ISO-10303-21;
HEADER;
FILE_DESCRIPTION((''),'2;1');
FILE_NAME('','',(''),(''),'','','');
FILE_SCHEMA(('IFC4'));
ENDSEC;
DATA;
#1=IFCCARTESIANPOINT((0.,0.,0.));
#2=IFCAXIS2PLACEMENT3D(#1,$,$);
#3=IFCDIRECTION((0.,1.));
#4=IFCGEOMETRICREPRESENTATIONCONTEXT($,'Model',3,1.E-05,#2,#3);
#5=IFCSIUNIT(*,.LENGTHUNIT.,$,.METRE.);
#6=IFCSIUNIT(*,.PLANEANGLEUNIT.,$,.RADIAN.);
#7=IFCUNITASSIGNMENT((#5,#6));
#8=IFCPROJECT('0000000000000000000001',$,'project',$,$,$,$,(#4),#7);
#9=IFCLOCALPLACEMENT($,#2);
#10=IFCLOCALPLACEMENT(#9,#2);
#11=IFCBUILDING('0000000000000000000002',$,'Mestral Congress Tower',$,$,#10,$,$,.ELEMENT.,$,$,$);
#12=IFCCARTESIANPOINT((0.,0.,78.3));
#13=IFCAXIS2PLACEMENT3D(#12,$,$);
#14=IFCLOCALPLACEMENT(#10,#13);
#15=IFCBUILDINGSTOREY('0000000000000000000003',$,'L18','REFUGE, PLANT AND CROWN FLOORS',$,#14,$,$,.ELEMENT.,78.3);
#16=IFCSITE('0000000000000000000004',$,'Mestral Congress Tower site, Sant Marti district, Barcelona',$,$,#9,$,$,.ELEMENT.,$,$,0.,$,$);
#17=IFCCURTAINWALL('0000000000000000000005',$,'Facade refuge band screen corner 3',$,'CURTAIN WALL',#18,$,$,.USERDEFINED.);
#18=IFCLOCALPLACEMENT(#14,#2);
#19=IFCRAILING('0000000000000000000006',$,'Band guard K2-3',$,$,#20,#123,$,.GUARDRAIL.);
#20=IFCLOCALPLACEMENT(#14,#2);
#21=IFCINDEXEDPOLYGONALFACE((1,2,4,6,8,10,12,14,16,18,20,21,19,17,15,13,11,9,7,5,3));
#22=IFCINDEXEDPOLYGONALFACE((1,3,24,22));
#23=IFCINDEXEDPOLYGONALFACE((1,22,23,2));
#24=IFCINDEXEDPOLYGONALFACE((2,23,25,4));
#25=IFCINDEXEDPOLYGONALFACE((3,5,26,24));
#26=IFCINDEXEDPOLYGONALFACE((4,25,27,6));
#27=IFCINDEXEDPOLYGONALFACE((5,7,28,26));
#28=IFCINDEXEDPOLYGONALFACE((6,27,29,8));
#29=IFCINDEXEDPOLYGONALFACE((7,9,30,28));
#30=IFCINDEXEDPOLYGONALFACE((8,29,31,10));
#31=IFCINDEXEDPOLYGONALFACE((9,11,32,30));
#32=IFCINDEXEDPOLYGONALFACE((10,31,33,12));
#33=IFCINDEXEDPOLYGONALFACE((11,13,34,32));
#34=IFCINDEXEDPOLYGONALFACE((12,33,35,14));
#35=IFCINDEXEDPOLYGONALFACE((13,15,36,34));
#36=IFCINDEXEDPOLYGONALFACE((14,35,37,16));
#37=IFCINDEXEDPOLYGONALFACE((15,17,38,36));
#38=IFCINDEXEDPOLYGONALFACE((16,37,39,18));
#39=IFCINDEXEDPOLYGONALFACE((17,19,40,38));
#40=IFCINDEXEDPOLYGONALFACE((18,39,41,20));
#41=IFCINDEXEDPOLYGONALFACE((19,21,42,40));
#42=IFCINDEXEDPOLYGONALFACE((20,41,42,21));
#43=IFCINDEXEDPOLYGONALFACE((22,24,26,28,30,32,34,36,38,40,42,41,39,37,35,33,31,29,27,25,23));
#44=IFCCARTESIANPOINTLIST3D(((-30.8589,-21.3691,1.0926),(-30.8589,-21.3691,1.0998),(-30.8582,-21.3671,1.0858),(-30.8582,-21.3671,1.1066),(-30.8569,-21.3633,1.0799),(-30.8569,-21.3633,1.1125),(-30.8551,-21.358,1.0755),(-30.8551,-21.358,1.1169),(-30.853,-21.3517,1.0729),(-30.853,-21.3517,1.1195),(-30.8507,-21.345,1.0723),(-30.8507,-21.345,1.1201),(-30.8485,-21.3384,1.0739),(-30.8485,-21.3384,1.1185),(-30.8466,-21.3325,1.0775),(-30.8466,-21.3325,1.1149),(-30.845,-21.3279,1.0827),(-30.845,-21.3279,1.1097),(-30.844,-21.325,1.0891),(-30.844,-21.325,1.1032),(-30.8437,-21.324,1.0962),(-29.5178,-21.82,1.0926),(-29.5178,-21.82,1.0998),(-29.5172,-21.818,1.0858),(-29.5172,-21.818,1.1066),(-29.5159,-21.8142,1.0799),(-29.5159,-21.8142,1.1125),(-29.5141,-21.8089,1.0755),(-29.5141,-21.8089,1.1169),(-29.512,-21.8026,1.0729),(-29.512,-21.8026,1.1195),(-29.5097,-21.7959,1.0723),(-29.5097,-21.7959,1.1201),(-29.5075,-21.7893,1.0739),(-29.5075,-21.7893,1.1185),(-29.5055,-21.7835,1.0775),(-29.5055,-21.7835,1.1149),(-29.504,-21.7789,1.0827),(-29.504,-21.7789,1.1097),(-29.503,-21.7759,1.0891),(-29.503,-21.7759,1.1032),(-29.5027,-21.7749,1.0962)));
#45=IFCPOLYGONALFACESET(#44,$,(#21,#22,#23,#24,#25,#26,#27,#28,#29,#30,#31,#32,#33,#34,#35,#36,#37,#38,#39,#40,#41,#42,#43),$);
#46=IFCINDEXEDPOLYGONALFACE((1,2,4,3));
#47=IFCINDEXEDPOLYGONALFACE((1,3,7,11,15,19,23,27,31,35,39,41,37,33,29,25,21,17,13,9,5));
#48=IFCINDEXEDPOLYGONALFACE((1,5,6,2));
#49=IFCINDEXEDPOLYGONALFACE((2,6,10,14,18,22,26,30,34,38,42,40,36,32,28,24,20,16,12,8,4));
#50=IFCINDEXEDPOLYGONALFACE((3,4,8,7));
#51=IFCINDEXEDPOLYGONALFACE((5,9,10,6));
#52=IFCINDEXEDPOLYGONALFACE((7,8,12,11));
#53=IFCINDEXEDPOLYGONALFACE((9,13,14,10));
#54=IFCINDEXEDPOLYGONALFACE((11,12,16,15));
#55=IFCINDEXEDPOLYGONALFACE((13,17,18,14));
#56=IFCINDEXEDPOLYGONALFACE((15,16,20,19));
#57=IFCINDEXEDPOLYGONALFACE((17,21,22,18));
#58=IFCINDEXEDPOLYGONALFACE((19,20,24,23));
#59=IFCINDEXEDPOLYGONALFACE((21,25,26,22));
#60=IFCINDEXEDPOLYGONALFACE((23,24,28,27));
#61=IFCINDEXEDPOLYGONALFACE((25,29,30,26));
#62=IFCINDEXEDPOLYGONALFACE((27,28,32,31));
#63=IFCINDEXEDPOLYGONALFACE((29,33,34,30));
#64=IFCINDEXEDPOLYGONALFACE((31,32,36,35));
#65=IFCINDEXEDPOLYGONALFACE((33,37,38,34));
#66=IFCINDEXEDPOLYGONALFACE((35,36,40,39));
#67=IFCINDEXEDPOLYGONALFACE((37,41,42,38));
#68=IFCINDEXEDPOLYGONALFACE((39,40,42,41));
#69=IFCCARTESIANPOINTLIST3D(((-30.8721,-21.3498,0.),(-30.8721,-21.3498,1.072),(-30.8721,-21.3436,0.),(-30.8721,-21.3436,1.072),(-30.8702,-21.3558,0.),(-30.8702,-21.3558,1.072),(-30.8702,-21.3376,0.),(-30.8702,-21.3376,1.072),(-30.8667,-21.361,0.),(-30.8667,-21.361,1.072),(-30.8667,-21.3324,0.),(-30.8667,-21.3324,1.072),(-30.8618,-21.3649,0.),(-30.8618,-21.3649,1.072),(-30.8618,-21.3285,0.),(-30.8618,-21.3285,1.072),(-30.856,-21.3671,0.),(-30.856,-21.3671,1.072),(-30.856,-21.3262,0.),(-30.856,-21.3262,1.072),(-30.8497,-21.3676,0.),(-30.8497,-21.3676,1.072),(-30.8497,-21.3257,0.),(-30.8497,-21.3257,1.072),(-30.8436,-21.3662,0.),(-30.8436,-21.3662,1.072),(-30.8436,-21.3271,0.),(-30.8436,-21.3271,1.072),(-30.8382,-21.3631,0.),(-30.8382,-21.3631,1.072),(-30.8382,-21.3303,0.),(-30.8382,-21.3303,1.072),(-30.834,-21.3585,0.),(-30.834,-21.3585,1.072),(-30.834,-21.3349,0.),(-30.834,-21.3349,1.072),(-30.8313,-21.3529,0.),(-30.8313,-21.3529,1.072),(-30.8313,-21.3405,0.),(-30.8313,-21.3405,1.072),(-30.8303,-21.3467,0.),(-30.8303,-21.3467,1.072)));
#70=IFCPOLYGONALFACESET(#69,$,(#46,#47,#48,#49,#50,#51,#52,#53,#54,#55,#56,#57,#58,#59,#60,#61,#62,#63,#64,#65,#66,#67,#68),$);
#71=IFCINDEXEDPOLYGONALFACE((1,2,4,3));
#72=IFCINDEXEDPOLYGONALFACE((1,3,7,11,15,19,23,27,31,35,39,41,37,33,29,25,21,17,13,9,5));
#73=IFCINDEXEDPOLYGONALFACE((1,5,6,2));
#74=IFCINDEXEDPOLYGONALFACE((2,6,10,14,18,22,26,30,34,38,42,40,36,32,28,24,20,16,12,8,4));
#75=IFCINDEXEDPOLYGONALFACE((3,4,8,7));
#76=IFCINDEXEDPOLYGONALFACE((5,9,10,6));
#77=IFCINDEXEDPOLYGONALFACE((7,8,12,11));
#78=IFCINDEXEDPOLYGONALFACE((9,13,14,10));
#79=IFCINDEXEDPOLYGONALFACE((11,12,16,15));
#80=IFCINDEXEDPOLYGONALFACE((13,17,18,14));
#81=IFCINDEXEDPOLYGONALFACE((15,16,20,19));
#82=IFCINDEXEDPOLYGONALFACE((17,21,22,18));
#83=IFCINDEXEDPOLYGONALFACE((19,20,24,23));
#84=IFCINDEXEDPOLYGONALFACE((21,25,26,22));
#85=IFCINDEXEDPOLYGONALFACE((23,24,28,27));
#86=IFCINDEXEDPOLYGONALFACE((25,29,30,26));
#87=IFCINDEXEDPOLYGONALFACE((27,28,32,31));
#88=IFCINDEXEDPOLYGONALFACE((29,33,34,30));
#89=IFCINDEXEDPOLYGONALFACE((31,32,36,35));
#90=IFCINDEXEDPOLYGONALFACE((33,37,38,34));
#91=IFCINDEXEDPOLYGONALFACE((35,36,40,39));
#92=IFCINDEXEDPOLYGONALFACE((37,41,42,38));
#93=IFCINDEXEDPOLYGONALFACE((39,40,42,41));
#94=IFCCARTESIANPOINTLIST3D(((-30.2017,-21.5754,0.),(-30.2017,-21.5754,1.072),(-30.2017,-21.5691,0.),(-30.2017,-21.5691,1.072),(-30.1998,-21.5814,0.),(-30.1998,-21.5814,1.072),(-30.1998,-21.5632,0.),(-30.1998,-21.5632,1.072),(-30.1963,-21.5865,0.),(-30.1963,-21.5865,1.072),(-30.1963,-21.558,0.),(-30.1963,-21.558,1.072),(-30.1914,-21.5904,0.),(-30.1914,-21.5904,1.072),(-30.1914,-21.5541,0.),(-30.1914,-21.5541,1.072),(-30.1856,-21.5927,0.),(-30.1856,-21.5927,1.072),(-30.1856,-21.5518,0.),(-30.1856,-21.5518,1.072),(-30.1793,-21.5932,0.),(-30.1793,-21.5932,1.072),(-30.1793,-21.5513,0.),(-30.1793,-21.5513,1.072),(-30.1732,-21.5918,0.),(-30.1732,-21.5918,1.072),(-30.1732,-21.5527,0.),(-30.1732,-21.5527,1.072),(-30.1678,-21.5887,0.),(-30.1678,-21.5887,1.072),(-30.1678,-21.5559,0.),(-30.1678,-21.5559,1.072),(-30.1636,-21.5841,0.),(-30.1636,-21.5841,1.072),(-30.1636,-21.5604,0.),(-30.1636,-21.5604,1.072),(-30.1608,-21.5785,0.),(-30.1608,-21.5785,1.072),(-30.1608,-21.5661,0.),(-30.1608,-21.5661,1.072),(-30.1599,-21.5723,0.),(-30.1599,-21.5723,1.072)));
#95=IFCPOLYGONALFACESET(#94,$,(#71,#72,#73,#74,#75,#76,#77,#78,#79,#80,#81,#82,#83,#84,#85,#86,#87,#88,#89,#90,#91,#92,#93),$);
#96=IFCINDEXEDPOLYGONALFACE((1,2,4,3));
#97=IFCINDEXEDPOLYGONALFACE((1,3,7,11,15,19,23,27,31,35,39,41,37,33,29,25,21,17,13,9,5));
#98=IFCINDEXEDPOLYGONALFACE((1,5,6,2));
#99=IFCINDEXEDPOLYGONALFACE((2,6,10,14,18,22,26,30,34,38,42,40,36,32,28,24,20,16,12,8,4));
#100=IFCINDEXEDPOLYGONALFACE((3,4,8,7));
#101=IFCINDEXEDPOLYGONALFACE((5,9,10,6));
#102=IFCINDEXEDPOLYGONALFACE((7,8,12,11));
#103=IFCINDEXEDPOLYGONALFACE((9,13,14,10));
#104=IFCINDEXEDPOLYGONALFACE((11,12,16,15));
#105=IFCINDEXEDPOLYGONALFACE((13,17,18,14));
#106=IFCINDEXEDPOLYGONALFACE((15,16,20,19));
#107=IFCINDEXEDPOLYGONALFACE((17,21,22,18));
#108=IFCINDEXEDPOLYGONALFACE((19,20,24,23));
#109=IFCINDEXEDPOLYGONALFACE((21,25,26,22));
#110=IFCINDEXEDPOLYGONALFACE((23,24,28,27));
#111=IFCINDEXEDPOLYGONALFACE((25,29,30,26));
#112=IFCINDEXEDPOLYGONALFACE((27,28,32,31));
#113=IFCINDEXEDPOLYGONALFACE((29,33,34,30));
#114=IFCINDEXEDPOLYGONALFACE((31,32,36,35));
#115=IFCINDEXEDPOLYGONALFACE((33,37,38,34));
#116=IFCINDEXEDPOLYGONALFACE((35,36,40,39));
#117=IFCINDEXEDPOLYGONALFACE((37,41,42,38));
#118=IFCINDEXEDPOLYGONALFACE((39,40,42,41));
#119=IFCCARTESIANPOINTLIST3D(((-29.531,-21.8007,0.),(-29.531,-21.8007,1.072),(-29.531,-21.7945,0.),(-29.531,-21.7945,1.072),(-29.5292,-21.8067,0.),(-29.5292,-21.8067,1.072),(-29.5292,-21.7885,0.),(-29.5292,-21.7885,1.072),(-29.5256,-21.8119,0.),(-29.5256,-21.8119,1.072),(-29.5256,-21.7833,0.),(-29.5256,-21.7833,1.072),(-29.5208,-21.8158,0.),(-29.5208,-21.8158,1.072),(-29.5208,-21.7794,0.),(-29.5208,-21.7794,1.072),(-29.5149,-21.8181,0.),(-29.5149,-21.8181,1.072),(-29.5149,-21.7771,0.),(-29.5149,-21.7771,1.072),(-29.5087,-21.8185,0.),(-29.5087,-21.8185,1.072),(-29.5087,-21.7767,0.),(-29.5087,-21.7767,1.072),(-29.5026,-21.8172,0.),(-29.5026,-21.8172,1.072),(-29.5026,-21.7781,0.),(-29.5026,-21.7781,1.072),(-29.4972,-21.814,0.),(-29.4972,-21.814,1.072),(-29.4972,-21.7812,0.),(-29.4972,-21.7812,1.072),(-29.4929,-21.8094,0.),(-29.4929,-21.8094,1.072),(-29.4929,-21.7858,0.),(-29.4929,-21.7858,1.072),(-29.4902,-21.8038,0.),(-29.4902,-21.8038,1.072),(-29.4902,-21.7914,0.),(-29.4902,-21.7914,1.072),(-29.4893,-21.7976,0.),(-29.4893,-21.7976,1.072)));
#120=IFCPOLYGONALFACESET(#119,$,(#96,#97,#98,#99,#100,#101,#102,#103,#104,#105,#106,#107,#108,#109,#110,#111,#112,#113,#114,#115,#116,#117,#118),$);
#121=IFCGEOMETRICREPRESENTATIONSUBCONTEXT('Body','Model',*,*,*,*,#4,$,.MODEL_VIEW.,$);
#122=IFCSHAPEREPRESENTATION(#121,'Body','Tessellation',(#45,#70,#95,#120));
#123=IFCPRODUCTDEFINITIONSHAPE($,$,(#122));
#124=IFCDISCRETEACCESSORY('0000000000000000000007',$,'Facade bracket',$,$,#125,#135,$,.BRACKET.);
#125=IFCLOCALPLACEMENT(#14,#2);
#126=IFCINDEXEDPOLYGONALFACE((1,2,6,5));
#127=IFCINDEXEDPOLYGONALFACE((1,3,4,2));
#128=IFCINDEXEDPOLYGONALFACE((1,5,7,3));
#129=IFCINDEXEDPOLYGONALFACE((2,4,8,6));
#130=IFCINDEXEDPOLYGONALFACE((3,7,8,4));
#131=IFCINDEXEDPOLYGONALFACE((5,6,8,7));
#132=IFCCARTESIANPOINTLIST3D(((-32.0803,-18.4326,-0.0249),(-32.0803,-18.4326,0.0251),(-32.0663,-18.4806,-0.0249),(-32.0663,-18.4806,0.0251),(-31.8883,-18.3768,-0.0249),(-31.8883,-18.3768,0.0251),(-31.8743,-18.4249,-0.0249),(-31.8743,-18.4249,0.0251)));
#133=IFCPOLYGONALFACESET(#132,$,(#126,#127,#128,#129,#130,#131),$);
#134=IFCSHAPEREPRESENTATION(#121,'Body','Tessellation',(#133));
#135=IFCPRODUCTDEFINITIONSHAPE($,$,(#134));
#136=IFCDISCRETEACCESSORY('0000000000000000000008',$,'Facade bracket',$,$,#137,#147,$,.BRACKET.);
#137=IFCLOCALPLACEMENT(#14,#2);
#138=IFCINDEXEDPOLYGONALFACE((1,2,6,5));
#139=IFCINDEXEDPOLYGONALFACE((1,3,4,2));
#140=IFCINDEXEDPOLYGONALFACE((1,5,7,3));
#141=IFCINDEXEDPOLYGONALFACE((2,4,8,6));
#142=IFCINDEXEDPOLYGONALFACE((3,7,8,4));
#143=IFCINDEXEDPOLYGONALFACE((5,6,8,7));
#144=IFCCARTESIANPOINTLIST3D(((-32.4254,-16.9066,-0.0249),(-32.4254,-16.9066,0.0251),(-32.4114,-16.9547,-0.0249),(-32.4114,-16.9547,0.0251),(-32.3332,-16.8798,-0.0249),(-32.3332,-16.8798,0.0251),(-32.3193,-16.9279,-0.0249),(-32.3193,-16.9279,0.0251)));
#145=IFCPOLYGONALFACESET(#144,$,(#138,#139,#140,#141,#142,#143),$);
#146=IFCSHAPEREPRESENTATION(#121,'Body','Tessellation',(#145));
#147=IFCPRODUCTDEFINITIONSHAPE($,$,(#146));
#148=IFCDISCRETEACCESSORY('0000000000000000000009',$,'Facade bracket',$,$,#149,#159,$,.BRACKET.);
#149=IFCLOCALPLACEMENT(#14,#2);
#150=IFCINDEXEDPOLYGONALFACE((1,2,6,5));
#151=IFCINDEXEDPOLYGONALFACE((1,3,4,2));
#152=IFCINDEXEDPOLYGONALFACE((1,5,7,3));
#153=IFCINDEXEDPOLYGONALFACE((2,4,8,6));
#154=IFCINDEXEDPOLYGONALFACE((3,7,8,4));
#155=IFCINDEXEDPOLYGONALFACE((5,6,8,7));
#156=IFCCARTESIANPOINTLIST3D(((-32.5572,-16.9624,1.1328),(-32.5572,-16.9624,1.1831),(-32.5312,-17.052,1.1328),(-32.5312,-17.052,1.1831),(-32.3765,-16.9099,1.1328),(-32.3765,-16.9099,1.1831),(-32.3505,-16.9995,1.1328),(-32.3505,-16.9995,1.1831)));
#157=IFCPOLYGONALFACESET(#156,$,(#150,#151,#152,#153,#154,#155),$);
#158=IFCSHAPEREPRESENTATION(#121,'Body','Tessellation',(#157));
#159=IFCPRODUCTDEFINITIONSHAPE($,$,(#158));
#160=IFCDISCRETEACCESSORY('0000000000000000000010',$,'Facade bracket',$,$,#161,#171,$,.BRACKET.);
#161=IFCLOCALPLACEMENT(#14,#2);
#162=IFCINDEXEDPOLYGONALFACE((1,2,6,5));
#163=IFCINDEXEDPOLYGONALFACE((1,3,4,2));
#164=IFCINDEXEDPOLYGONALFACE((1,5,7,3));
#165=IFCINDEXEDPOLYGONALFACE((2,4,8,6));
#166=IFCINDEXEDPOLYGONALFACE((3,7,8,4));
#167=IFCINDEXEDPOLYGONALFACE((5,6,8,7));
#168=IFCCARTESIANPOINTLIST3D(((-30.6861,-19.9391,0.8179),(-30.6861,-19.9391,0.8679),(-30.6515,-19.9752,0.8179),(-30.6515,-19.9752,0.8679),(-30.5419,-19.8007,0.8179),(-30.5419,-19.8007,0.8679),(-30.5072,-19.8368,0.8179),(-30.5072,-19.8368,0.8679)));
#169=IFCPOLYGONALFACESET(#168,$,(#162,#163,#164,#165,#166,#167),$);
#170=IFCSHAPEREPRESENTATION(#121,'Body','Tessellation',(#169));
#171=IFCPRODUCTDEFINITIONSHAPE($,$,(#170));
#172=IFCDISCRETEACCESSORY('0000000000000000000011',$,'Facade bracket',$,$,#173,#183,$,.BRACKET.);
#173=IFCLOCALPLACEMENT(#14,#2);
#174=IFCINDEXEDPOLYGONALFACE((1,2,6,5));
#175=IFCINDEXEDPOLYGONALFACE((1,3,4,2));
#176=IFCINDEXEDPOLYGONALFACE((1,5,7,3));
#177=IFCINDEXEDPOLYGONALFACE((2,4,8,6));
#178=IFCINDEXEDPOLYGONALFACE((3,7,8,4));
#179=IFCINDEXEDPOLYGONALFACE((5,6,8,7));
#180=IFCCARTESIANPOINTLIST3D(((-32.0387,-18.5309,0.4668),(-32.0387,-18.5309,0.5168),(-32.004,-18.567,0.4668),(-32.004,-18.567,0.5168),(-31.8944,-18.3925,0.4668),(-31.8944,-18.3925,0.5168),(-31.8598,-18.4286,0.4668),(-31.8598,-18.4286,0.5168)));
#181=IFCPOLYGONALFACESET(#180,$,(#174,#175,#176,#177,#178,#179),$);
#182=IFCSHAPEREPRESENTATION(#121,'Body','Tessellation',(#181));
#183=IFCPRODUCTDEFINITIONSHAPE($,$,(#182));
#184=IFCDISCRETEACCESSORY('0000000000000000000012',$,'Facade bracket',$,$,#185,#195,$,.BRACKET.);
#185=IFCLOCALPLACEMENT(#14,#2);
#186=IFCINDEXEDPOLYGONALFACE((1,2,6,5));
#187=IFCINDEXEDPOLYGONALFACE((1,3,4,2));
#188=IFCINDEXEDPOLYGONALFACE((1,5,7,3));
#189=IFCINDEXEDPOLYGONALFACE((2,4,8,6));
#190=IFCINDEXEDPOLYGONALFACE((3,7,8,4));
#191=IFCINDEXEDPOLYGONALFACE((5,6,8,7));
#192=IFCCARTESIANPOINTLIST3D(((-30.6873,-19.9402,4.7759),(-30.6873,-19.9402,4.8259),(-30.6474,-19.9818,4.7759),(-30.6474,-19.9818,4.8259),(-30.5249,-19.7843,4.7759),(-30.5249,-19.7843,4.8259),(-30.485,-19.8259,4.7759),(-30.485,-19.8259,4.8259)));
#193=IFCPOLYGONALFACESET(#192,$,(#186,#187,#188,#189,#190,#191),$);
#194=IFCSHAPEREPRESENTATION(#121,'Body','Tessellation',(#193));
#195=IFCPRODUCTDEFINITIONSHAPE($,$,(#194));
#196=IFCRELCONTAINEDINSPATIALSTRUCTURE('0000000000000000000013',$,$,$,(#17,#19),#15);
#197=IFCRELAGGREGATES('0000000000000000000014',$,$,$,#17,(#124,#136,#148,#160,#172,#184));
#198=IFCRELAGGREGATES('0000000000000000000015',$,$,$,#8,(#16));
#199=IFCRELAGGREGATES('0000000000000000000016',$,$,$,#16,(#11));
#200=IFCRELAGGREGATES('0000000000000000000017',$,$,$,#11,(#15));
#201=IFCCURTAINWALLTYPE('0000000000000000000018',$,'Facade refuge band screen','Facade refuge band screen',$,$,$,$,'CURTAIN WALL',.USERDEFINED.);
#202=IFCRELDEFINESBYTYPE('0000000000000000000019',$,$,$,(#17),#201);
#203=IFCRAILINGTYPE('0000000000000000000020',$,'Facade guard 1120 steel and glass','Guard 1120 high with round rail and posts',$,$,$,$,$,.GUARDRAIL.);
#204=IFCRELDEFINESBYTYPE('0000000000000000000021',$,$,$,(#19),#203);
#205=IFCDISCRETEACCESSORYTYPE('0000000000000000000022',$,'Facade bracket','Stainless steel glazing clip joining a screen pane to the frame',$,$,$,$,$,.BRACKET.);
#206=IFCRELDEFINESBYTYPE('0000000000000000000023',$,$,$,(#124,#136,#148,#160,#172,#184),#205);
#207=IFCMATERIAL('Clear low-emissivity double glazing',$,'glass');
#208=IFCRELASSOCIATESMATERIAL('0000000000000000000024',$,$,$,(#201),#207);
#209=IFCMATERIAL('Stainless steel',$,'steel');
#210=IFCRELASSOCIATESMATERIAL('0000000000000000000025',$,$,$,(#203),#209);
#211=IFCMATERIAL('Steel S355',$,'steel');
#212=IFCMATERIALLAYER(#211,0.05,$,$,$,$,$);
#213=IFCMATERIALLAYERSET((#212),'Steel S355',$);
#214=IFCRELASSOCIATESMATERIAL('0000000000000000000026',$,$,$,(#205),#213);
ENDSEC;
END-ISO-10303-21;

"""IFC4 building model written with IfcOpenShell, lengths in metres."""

from ifc_helpers import new_model, si_unit, direction, frame, origin, origin_2d, place, context, subcontext, project, spatial, rectangle, circle, extrude, material, layer, layer_set, type_object, element, aggregate, save


model = new_model("IFC4")

# Units and contexts
model_context = context("Model", 3, precision=1e-05, world=origin(), true_north=direction((0.0, 1.0)))
body_context = subcontext(model_context, "Body", "Model", "MODEL_VIEW")
ifc_project = project(units=[si_unit("LENGTHUNIT", "METRE"), si_unit("PLANEANGLEUNIT", "RADIAN")], contexts=[model_context])

# Site, building, storey
site_placement = place(None, origin())
site = spatial("IfcSite", under=ifc_project, at=site_placement, Name="Mestral Congress Tower site, Sant Marti district, Barcelona", CompositionType="ELEMENT", RefElevation=0.0)
building_placement = place(site_placement, origin())
building = spatial("IfcBuilding", under=site, at=building_placement, Name="Mestral Congress Tower", CompositionType="ELEMENT")
storey_placement = place(building_placement, frame((0.0, 0.0, 78.3)))
storey = spatial("IfcBuildingStorey", under=building, at=storey_placement, Name="L18", Description="REFUGE, PLANT AND CROWN FLOORS", CompositionType="ELEMENT", Elevation=78.3)

# Shared definitions
ifc_material_1 = material(Name="Steel S355", Category="steel")

# Curtain wall
ifc_material_2 = material(Name="Clear low-emissivity double glazing", Category="glass")
curtain_wall_type = type_object("IfcCurtainWallType", Name="Facade refuge band screen", Description="Facade refuge band screen", ElementType="CURTAIN WALL", PredefinedType="USERDEFINED", material=ifc_material_2)
curtain_wall_placement = place(storey_placement, origin())
curtain_wall = element("IfcCurtainWall", 1, at=curtain_wall_placement, inside=storey, type_object=curtain_wall_type, Name="Facade refuge band screen corner 3", ObjectType="CURTAIN WALL", PredefinedType="USERDEFINED")

# Railing
ifc_material_3 = material(Name="Stainless steel", Category="steel")
railing_type = type_object("IfcRailingType", Name="Facade guard 1120 steel and glass", Description="Guard 1120 high with round rail and posts", PredefinedType="GUARDRAIL", material=ifc_material_3)
railing_1_placement = place(storey_placement, frame((-30.8513, -21.3467, 0.0)))
element("IfcRailing", 2, at=railing_1_placement, inside=storey, type_object=railing_type, Name="Band guard K2-3", PredefinedType="GUARDRAIL", context=body_context, shape_type="SweptSolid", body=[
    extrude(circle(Radius=0.0239, at=origin_2d()), frame((0.0, 0.0, 1.0962), z_axis=(0.947852, -0.318711, 0.0), x_axis=(0.318711, 0.947852, 0.0)), (0.0, 0.0, 1.0), 1.4148),
    extrude(circle(Radius=0.021, at=origin_2d()), origin(), (0.0, 0.0, 1.0), 1.072),
    extrude(circle(Radius=0.021, at=origin_2d()), frame((0.6704, -0.2256, 0.0)), (0.0, 0.0, 1.0), 1.072),
    extrude(circle(Radius=0.021, at=origin_2d()), frame((1.3411, -0.4509, 0.0)), (0.0, 0.0, 1.0), 1.072),
])

# Discrete accessories
ifc_layer_1 = layer(ifc_material_1, 0.05)
ifc_layer_set_1 = layer_set([ifc_layer_1], Name="Steel S355")
discrete_accessory_type = type_object("IfcDiscreteAccessoryType", Name="Facade bracket", Description="Stainless steel glazing clip joining a screen pane to the frame", PredefinedType="BRACKET", material=ifc_layer_set_1)
discrete_accessory_1_placement = place(storey_placement, frame((-31.9773, -18.4287, -0.0249), z_axis=(0.0, 0.0, 1.0), x_axis=(0.27882, -0.960343, 0.0)))
discrete_accessory_1 = element("IfcDiscreteAccessory", 3, at=discrete_accessory_1_placement, type_object=discrete_accessory_type, Name="Facade bracket", PredefinedType="BRACKET", context=body_context, shape_type="SweptSolid", body=[
    extrude(rectangle(XDim=0.05, YDim=0.2, at=origin_2d()), origin(), (0.0, 0.0, 1.0), 0.05),
])
discrete_accessory_2_placement = place(storey_placement, frame((-32.3723, -16.9172, -0.0249), z_axis=(0.0, 0.0, 1.0), x_axis=(0.279229, -0.960225, 0.0)))
discrete_accessory_2 = element("IfcDiscreteAccessory", 4, at=discrete_accessory_2_placement, type_object=discrete_accessory_type, Name="Facade bracket", PredefinedType="BRACKET", context=body_context, shape_type="SweptSolid", body=[
    extrude(rectangle(XDim=0.05, YDim=0.0959, at=origin_2d()), origin(), (0.0, 0.0, 1.0), 0.05),
])
discrete_accessory_3_placement = place(storey_placement, frame((-32.4539, -16.981, 1.1328), z_axis=(0.0, 0.0, 1.0), x_axis=(0.278961, -0.960302, 0.0)))
discrete_accessory_3 = element("IfcDiscreteAccessory", 5, at=discrete_accessory_3_placement, type_object=discrete_accessory_type, Name="Facade bracket", PredefinedType="BRACKET", context=body_context, shape_type="SweptSolid", body=[
    extrude(rectangle(XDim=0.0933, YDim=0.1882, at=origin_2d()), origin(), (0.0, 0.0, 1.0), 0.0503),
])
discrete_accessory_4_placement = place(storey_placement, frame((-30.5967, -19.8879, 0.8179), z_axis=(0.0, 0.0, 1.0), x_axis=(0.692274, -0.721635, 0.0)))
discrete_accessory_4 = element("IfcDiscreteAccessory", 6, at=discrete_accessory_4_placement, type_object=discrete_accessory_type, Name="Facade bracket", PredefinedType="BRACKET", context=body_context, shape_type="SweptSolid", body=[
    extrude(rectangle(XDim=0.05, YDim=0.2, at=origin_2d()), origin(), (0.0, 0.0, 1.0), 0.05),
])
discrete_accessory_5_placement = place(storey_placement, frame((-31.9492, -18.4797, 0.4668), z_axis=(0.0, 0.0, 1.0), x_axis=(0.692374, -0.721539, 0.0)))
discrete_accessory_5 = element("IfcDiscreteAccessory", 7, at=discrete_accessory_5_placement, type_object=discrete_accessory_type, Name="Facade bracket", PredefinedType="BRACKET", context=body_context, shape_type="SweptSolid", body=[
    extrude(rectangle(XDim=0.05, YDim=0.2, at=origin_2d()), origin(), (0.0, 0.0, 1.0), 0.05),
])
discrete_accessory_6_placement = place(storey_placement, frame((-30.5862, -19.8831, 4.7759), z_axis=(0.0, 0.0, 1.0), x_axis=(0.69243, -0.721485, 0.0)))
discrete_accessory_6 = element("IfcDiscreteAccessory", 8, at=discrete_accessory_6_placement, type_object=discrete_accessory_type, Name="Facade bracket", PredefinedType="BRACKET", context=body_context, shape_type="SweptSolid", body=[
    extrude(rectangle(XDim=0.0576, YDim=0.2251, at=origin_2d()), origin(), (0.0, 0.0, 1.0), 0.05),
])
aggregate(curtain_wall, [discrete_accessory_1, discrete_accessory_2, discrete_accessory_3, discrete_accessory_4, discrete_accessory_5, discrete_accessory_6])

save(model, "model.ifc")
